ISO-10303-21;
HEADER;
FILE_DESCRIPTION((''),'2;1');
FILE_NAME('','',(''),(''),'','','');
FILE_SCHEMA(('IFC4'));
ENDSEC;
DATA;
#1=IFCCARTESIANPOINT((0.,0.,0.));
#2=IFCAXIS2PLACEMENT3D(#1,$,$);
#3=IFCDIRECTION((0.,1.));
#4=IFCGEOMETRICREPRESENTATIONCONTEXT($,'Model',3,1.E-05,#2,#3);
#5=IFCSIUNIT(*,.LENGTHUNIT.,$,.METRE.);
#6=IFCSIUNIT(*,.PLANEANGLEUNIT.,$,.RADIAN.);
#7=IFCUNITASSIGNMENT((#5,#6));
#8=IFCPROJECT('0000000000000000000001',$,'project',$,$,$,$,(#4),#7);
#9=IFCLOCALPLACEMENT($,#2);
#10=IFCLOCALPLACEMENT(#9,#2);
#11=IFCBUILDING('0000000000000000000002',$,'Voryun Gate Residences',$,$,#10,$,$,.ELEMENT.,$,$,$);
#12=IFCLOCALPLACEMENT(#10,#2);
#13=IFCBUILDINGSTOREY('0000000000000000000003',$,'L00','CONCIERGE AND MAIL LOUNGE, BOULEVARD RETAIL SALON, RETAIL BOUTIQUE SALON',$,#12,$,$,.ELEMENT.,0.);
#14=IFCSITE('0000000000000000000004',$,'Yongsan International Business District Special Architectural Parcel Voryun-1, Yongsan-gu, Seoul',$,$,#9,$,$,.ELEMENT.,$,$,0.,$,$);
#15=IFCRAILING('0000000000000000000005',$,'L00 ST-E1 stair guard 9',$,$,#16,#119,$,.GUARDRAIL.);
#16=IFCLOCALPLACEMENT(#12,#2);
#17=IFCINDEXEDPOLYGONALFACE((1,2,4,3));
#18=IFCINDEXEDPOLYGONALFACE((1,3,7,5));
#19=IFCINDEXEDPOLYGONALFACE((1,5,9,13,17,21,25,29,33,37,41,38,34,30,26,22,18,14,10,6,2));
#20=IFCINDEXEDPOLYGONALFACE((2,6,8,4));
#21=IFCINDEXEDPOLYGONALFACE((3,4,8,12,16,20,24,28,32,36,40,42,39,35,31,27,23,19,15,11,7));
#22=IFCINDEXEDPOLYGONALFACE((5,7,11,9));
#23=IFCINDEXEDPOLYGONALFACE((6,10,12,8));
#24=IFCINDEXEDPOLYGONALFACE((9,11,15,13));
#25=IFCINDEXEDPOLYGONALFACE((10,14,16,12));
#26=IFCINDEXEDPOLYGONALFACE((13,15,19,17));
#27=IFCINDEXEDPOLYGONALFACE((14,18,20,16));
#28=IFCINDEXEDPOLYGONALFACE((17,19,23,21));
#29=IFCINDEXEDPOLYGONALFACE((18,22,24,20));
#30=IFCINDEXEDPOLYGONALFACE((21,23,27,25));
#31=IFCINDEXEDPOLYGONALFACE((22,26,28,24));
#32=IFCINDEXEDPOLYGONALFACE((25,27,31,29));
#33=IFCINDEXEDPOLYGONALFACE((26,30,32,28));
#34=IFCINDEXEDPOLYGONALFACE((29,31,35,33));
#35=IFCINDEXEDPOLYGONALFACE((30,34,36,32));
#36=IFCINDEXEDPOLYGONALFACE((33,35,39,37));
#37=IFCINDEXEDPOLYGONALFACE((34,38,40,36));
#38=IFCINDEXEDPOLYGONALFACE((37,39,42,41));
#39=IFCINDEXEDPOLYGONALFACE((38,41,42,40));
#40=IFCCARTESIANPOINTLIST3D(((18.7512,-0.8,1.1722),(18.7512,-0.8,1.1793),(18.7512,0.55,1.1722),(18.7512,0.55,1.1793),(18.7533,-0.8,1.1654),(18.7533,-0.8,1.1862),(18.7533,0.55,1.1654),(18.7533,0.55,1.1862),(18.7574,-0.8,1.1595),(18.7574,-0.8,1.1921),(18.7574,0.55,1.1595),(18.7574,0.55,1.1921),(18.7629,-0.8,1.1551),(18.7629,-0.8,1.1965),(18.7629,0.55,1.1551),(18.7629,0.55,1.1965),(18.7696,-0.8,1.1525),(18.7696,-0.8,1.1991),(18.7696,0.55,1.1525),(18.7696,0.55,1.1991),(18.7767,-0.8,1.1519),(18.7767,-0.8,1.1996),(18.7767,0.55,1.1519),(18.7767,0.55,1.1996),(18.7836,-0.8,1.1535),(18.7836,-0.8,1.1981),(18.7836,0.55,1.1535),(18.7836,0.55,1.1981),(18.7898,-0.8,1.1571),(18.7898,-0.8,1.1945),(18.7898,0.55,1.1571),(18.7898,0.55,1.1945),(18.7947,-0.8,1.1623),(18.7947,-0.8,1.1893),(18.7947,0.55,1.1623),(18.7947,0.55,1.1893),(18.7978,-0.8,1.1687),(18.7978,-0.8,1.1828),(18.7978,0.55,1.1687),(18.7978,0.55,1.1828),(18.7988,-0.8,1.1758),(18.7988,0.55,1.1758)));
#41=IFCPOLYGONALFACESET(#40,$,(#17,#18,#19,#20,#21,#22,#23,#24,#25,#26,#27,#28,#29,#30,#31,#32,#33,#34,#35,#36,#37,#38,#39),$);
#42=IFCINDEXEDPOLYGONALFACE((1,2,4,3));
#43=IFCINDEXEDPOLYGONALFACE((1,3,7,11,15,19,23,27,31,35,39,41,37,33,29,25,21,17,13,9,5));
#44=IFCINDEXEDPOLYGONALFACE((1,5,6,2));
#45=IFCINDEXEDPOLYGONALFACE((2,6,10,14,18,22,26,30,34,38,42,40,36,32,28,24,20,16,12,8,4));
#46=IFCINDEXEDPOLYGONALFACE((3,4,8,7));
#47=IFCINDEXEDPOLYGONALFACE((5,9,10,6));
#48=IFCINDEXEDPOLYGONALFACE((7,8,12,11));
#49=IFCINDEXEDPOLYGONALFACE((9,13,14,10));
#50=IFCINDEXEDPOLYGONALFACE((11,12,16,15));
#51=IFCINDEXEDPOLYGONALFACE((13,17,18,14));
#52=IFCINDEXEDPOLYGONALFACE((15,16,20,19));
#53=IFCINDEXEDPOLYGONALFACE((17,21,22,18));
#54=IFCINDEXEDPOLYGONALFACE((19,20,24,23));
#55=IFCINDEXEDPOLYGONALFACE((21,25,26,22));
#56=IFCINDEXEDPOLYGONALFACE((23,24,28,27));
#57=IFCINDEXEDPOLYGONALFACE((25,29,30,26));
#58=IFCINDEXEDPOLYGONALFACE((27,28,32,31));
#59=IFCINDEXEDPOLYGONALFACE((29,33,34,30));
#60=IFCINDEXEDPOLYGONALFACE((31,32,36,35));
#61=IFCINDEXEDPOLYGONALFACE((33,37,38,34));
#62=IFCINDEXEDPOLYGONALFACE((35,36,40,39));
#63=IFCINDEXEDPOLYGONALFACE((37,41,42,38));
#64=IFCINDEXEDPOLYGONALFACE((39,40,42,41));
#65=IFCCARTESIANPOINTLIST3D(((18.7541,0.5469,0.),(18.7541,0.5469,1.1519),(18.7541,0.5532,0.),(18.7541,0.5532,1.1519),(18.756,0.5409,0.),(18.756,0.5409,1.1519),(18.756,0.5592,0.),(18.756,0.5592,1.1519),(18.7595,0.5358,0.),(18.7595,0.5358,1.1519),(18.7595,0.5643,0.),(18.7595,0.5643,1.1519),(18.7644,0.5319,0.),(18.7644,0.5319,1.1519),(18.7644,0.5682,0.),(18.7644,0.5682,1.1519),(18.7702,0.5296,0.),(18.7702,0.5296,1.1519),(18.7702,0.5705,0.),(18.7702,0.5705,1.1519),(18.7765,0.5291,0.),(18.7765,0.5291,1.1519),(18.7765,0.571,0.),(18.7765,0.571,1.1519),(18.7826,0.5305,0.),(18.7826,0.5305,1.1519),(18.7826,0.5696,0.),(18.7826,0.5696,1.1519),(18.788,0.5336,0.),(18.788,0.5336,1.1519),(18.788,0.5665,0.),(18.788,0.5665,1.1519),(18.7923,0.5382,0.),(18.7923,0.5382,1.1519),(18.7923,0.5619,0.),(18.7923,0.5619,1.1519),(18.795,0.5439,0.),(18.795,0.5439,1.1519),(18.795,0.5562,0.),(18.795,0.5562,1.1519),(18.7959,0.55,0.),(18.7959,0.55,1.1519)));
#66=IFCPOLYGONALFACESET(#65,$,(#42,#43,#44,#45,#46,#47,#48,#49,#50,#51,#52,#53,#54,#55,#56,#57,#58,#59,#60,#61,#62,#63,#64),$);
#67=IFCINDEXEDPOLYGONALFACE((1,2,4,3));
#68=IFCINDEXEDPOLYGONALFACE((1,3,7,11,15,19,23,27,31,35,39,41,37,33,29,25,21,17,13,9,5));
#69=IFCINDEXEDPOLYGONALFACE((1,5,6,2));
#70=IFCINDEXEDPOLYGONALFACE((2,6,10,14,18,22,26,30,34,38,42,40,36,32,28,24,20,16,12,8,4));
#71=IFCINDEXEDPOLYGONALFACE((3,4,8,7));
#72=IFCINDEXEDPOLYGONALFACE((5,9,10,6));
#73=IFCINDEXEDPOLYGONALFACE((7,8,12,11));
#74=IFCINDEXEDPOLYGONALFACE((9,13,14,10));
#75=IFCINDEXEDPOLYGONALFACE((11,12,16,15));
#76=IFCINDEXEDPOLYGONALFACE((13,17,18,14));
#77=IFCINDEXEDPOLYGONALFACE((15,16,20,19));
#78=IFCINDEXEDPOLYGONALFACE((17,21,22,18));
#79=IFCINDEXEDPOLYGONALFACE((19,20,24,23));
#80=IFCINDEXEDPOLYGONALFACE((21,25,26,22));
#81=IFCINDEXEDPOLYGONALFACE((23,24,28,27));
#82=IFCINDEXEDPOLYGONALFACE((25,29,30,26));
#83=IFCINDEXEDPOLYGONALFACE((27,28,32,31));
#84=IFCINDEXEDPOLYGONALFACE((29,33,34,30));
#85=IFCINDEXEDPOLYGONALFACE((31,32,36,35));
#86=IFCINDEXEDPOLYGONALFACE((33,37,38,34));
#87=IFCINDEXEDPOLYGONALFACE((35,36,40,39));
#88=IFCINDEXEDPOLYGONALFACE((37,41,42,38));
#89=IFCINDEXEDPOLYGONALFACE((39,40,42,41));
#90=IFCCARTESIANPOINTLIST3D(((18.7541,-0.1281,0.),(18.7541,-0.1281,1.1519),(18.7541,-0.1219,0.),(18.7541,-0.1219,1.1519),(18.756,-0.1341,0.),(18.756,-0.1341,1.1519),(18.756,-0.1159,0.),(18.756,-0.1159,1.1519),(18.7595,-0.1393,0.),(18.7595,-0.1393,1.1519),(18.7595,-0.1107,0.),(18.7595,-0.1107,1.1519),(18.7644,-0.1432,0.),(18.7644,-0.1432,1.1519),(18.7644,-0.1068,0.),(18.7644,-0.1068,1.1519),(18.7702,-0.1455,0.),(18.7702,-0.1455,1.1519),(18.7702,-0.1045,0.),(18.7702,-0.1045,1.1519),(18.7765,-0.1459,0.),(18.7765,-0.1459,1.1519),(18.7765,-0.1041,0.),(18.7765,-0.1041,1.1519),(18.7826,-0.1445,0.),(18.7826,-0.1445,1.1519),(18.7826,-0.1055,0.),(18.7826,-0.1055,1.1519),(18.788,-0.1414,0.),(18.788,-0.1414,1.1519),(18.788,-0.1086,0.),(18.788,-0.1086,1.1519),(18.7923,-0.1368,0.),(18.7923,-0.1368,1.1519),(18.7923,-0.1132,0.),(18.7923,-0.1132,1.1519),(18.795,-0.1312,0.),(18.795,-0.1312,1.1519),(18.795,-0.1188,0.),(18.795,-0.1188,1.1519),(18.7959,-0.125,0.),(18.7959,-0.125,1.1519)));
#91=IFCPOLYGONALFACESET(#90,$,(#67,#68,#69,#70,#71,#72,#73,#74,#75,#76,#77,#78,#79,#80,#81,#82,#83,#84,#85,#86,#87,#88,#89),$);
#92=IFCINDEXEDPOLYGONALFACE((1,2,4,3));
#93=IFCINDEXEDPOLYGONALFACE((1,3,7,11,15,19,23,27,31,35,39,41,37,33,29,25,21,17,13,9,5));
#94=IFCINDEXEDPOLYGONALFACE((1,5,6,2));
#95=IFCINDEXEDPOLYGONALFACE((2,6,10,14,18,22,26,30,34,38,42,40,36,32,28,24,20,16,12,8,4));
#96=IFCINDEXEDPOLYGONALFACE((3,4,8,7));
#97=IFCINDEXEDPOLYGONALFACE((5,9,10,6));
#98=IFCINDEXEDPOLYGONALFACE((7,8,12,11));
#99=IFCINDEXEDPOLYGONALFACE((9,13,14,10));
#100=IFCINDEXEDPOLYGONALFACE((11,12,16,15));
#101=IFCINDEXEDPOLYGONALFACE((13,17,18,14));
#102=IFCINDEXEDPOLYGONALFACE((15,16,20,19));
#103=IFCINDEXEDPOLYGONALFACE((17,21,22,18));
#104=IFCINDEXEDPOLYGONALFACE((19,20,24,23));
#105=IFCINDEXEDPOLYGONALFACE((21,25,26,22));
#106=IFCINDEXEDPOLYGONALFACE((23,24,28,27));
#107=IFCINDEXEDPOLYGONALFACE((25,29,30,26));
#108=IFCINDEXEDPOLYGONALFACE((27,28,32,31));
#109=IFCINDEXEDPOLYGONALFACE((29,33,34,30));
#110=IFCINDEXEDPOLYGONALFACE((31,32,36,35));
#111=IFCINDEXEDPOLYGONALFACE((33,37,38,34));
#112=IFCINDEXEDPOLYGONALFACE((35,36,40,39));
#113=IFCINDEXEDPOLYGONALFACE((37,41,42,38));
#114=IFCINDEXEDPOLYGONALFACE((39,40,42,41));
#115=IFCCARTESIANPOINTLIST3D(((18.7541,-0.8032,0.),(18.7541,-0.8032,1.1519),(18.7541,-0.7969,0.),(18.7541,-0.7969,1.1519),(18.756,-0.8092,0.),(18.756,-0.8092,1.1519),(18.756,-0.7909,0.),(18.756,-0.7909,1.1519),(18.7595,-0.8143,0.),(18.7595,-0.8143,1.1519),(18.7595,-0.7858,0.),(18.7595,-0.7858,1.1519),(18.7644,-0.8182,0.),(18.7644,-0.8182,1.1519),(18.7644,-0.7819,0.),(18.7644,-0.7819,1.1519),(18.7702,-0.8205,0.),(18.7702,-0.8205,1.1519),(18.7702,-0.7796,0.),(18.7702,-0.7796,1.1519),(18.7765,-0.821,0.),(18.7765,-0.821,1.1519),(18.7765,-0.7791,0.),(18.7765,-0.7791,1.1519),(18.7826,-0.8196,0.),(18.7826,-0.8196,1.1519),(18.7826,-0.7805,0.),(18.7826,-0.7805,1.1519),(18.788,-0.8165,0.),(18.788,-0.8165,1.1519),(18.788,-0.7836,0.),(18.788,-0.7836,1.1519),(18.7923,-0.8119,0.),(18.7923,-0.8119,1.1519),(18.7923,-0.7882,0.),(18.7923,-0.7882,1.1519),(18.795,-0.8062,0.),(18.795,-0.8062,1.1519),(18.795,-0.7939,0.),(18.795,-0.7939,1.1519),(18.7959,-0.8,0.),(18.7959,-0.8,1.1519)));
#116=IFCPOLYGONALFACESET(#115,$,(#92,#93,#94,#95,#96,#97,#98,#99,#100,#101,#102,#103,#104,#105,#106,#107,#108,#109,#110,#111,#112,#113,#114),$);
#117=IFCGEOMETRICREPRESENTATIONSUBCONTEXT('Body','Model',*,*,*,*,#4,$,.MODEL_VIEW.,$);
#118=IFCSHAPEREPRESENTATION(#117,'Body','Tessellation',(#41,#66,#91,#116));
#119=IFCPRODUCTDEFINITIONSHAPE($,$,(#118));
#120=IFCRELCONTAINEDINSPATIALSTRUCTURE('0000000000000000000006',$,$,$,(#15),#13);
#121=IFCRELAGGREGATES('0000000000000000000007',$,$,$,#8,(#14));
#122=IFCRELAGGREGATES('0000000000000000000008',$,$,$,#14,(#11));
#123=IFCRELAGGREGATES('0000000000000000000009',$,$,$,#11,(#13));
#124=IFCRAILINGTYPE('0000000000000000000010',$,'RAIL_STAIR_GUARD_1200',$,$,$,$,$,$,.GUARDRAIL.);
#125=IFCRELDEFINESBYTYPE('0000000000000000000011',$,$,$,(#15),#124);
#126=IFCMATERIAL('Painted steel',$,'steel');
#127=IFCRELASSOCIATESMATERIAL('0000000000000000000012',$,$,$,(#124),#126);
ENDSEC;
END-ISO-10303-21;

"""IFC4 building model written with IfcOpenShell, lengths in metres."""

from ifc_helpers import new_model, si_unit, direction, frame, origin, origin_2d, place, context, subcontext, project, spatial, circle, extrude, material, type_object, element, save


model = new_model("IFC4")

# Units and contexts
model_context = context("Model", 3, precision=1e-05, world=origin(), true_north=direction((0.0, 1.0)))
body_context = subcontext(model_context, "Body", "Model", "MODEL_VIEW")
ifc_project = project(units=[si_unit("LENGTHUNIT", "METRE"), si_unit("PLANEANGLEUNIT", "RADIAN")], contexts=[model_context])

# Site, building, storey
site_placement = place(None, origin())
site = spatial("IfcSite", under=ifc_project, at=site_placement, Name="Yongsan International Business District Special Architectural Parcel Voryun-1, Yongsan-gu, Seoul", CompositionType="ELEMENT", RefElevation=0.0)
building_placement = place(site_placement, origin())
building = spatial("IfcBuilding", under=site, at=building_placement, Name="Voryun Gate Residences", CompositionType="ELEMENT")
storey_placement = place(building_placement, origin())
storey = spatial("IfcBuildingStorey", under=building, at=storey_placement, Name="L00", Description="CONCIERGE AND MAIL LOUNGE, BOULEVARD RETAIL SALON, RETAIL BOUTIQUE SALON", CompositionType="ELEMENT", Elevation=0.0)

# Railing
ifc_material_1 = material(Name="Painted steel", Category="steel")
railing_type_1 = type_object("IfcRailingType", Name="RAIL_STAIR_GUARD_1200", PredefinedType="GUARDRAIL", material=ifc_material_1)
for number, where, name in (
    (1, (18.7749, 0.55, 0.0), "L00 ST-E1 stair guard 9"),
):
    element("IfcRailing", number, at=place(storey_placement, frame(where)), inside=storey, type_object=railing_type_1, Name=name, PredefinedType="GUARDRAIL", context=body_context, shape_type="SweptSolid", body=[
        extrude(circle(Radius=0.0239, at=origin_2d()), frame((0.0, 0.0, 1.1758), z_axis=(0.0, -1.0, 0.0), x_axis=(1.0, 0.0, 0.0)), (0.0, 0.0, 1.0), 1.3501),
        extrude(circle(Radius=0.021, at=origin_2d()), origin(), (0.0, 0.0, 1.0), 1.1519),
        extrude(circle(Radius=0.021, at=origin_2d()), frame((0.0, -0.675, 0.0)), (0.0, 0.0, 1.0), 1.1519),
        extrude(circle(Radius=0.021, at=origin_2d()), frame((0.0, -1.3501, 0.0)), (0.0, 0.0, 1.0), 1.1519),
    ])

save(model, "model.ifc")
